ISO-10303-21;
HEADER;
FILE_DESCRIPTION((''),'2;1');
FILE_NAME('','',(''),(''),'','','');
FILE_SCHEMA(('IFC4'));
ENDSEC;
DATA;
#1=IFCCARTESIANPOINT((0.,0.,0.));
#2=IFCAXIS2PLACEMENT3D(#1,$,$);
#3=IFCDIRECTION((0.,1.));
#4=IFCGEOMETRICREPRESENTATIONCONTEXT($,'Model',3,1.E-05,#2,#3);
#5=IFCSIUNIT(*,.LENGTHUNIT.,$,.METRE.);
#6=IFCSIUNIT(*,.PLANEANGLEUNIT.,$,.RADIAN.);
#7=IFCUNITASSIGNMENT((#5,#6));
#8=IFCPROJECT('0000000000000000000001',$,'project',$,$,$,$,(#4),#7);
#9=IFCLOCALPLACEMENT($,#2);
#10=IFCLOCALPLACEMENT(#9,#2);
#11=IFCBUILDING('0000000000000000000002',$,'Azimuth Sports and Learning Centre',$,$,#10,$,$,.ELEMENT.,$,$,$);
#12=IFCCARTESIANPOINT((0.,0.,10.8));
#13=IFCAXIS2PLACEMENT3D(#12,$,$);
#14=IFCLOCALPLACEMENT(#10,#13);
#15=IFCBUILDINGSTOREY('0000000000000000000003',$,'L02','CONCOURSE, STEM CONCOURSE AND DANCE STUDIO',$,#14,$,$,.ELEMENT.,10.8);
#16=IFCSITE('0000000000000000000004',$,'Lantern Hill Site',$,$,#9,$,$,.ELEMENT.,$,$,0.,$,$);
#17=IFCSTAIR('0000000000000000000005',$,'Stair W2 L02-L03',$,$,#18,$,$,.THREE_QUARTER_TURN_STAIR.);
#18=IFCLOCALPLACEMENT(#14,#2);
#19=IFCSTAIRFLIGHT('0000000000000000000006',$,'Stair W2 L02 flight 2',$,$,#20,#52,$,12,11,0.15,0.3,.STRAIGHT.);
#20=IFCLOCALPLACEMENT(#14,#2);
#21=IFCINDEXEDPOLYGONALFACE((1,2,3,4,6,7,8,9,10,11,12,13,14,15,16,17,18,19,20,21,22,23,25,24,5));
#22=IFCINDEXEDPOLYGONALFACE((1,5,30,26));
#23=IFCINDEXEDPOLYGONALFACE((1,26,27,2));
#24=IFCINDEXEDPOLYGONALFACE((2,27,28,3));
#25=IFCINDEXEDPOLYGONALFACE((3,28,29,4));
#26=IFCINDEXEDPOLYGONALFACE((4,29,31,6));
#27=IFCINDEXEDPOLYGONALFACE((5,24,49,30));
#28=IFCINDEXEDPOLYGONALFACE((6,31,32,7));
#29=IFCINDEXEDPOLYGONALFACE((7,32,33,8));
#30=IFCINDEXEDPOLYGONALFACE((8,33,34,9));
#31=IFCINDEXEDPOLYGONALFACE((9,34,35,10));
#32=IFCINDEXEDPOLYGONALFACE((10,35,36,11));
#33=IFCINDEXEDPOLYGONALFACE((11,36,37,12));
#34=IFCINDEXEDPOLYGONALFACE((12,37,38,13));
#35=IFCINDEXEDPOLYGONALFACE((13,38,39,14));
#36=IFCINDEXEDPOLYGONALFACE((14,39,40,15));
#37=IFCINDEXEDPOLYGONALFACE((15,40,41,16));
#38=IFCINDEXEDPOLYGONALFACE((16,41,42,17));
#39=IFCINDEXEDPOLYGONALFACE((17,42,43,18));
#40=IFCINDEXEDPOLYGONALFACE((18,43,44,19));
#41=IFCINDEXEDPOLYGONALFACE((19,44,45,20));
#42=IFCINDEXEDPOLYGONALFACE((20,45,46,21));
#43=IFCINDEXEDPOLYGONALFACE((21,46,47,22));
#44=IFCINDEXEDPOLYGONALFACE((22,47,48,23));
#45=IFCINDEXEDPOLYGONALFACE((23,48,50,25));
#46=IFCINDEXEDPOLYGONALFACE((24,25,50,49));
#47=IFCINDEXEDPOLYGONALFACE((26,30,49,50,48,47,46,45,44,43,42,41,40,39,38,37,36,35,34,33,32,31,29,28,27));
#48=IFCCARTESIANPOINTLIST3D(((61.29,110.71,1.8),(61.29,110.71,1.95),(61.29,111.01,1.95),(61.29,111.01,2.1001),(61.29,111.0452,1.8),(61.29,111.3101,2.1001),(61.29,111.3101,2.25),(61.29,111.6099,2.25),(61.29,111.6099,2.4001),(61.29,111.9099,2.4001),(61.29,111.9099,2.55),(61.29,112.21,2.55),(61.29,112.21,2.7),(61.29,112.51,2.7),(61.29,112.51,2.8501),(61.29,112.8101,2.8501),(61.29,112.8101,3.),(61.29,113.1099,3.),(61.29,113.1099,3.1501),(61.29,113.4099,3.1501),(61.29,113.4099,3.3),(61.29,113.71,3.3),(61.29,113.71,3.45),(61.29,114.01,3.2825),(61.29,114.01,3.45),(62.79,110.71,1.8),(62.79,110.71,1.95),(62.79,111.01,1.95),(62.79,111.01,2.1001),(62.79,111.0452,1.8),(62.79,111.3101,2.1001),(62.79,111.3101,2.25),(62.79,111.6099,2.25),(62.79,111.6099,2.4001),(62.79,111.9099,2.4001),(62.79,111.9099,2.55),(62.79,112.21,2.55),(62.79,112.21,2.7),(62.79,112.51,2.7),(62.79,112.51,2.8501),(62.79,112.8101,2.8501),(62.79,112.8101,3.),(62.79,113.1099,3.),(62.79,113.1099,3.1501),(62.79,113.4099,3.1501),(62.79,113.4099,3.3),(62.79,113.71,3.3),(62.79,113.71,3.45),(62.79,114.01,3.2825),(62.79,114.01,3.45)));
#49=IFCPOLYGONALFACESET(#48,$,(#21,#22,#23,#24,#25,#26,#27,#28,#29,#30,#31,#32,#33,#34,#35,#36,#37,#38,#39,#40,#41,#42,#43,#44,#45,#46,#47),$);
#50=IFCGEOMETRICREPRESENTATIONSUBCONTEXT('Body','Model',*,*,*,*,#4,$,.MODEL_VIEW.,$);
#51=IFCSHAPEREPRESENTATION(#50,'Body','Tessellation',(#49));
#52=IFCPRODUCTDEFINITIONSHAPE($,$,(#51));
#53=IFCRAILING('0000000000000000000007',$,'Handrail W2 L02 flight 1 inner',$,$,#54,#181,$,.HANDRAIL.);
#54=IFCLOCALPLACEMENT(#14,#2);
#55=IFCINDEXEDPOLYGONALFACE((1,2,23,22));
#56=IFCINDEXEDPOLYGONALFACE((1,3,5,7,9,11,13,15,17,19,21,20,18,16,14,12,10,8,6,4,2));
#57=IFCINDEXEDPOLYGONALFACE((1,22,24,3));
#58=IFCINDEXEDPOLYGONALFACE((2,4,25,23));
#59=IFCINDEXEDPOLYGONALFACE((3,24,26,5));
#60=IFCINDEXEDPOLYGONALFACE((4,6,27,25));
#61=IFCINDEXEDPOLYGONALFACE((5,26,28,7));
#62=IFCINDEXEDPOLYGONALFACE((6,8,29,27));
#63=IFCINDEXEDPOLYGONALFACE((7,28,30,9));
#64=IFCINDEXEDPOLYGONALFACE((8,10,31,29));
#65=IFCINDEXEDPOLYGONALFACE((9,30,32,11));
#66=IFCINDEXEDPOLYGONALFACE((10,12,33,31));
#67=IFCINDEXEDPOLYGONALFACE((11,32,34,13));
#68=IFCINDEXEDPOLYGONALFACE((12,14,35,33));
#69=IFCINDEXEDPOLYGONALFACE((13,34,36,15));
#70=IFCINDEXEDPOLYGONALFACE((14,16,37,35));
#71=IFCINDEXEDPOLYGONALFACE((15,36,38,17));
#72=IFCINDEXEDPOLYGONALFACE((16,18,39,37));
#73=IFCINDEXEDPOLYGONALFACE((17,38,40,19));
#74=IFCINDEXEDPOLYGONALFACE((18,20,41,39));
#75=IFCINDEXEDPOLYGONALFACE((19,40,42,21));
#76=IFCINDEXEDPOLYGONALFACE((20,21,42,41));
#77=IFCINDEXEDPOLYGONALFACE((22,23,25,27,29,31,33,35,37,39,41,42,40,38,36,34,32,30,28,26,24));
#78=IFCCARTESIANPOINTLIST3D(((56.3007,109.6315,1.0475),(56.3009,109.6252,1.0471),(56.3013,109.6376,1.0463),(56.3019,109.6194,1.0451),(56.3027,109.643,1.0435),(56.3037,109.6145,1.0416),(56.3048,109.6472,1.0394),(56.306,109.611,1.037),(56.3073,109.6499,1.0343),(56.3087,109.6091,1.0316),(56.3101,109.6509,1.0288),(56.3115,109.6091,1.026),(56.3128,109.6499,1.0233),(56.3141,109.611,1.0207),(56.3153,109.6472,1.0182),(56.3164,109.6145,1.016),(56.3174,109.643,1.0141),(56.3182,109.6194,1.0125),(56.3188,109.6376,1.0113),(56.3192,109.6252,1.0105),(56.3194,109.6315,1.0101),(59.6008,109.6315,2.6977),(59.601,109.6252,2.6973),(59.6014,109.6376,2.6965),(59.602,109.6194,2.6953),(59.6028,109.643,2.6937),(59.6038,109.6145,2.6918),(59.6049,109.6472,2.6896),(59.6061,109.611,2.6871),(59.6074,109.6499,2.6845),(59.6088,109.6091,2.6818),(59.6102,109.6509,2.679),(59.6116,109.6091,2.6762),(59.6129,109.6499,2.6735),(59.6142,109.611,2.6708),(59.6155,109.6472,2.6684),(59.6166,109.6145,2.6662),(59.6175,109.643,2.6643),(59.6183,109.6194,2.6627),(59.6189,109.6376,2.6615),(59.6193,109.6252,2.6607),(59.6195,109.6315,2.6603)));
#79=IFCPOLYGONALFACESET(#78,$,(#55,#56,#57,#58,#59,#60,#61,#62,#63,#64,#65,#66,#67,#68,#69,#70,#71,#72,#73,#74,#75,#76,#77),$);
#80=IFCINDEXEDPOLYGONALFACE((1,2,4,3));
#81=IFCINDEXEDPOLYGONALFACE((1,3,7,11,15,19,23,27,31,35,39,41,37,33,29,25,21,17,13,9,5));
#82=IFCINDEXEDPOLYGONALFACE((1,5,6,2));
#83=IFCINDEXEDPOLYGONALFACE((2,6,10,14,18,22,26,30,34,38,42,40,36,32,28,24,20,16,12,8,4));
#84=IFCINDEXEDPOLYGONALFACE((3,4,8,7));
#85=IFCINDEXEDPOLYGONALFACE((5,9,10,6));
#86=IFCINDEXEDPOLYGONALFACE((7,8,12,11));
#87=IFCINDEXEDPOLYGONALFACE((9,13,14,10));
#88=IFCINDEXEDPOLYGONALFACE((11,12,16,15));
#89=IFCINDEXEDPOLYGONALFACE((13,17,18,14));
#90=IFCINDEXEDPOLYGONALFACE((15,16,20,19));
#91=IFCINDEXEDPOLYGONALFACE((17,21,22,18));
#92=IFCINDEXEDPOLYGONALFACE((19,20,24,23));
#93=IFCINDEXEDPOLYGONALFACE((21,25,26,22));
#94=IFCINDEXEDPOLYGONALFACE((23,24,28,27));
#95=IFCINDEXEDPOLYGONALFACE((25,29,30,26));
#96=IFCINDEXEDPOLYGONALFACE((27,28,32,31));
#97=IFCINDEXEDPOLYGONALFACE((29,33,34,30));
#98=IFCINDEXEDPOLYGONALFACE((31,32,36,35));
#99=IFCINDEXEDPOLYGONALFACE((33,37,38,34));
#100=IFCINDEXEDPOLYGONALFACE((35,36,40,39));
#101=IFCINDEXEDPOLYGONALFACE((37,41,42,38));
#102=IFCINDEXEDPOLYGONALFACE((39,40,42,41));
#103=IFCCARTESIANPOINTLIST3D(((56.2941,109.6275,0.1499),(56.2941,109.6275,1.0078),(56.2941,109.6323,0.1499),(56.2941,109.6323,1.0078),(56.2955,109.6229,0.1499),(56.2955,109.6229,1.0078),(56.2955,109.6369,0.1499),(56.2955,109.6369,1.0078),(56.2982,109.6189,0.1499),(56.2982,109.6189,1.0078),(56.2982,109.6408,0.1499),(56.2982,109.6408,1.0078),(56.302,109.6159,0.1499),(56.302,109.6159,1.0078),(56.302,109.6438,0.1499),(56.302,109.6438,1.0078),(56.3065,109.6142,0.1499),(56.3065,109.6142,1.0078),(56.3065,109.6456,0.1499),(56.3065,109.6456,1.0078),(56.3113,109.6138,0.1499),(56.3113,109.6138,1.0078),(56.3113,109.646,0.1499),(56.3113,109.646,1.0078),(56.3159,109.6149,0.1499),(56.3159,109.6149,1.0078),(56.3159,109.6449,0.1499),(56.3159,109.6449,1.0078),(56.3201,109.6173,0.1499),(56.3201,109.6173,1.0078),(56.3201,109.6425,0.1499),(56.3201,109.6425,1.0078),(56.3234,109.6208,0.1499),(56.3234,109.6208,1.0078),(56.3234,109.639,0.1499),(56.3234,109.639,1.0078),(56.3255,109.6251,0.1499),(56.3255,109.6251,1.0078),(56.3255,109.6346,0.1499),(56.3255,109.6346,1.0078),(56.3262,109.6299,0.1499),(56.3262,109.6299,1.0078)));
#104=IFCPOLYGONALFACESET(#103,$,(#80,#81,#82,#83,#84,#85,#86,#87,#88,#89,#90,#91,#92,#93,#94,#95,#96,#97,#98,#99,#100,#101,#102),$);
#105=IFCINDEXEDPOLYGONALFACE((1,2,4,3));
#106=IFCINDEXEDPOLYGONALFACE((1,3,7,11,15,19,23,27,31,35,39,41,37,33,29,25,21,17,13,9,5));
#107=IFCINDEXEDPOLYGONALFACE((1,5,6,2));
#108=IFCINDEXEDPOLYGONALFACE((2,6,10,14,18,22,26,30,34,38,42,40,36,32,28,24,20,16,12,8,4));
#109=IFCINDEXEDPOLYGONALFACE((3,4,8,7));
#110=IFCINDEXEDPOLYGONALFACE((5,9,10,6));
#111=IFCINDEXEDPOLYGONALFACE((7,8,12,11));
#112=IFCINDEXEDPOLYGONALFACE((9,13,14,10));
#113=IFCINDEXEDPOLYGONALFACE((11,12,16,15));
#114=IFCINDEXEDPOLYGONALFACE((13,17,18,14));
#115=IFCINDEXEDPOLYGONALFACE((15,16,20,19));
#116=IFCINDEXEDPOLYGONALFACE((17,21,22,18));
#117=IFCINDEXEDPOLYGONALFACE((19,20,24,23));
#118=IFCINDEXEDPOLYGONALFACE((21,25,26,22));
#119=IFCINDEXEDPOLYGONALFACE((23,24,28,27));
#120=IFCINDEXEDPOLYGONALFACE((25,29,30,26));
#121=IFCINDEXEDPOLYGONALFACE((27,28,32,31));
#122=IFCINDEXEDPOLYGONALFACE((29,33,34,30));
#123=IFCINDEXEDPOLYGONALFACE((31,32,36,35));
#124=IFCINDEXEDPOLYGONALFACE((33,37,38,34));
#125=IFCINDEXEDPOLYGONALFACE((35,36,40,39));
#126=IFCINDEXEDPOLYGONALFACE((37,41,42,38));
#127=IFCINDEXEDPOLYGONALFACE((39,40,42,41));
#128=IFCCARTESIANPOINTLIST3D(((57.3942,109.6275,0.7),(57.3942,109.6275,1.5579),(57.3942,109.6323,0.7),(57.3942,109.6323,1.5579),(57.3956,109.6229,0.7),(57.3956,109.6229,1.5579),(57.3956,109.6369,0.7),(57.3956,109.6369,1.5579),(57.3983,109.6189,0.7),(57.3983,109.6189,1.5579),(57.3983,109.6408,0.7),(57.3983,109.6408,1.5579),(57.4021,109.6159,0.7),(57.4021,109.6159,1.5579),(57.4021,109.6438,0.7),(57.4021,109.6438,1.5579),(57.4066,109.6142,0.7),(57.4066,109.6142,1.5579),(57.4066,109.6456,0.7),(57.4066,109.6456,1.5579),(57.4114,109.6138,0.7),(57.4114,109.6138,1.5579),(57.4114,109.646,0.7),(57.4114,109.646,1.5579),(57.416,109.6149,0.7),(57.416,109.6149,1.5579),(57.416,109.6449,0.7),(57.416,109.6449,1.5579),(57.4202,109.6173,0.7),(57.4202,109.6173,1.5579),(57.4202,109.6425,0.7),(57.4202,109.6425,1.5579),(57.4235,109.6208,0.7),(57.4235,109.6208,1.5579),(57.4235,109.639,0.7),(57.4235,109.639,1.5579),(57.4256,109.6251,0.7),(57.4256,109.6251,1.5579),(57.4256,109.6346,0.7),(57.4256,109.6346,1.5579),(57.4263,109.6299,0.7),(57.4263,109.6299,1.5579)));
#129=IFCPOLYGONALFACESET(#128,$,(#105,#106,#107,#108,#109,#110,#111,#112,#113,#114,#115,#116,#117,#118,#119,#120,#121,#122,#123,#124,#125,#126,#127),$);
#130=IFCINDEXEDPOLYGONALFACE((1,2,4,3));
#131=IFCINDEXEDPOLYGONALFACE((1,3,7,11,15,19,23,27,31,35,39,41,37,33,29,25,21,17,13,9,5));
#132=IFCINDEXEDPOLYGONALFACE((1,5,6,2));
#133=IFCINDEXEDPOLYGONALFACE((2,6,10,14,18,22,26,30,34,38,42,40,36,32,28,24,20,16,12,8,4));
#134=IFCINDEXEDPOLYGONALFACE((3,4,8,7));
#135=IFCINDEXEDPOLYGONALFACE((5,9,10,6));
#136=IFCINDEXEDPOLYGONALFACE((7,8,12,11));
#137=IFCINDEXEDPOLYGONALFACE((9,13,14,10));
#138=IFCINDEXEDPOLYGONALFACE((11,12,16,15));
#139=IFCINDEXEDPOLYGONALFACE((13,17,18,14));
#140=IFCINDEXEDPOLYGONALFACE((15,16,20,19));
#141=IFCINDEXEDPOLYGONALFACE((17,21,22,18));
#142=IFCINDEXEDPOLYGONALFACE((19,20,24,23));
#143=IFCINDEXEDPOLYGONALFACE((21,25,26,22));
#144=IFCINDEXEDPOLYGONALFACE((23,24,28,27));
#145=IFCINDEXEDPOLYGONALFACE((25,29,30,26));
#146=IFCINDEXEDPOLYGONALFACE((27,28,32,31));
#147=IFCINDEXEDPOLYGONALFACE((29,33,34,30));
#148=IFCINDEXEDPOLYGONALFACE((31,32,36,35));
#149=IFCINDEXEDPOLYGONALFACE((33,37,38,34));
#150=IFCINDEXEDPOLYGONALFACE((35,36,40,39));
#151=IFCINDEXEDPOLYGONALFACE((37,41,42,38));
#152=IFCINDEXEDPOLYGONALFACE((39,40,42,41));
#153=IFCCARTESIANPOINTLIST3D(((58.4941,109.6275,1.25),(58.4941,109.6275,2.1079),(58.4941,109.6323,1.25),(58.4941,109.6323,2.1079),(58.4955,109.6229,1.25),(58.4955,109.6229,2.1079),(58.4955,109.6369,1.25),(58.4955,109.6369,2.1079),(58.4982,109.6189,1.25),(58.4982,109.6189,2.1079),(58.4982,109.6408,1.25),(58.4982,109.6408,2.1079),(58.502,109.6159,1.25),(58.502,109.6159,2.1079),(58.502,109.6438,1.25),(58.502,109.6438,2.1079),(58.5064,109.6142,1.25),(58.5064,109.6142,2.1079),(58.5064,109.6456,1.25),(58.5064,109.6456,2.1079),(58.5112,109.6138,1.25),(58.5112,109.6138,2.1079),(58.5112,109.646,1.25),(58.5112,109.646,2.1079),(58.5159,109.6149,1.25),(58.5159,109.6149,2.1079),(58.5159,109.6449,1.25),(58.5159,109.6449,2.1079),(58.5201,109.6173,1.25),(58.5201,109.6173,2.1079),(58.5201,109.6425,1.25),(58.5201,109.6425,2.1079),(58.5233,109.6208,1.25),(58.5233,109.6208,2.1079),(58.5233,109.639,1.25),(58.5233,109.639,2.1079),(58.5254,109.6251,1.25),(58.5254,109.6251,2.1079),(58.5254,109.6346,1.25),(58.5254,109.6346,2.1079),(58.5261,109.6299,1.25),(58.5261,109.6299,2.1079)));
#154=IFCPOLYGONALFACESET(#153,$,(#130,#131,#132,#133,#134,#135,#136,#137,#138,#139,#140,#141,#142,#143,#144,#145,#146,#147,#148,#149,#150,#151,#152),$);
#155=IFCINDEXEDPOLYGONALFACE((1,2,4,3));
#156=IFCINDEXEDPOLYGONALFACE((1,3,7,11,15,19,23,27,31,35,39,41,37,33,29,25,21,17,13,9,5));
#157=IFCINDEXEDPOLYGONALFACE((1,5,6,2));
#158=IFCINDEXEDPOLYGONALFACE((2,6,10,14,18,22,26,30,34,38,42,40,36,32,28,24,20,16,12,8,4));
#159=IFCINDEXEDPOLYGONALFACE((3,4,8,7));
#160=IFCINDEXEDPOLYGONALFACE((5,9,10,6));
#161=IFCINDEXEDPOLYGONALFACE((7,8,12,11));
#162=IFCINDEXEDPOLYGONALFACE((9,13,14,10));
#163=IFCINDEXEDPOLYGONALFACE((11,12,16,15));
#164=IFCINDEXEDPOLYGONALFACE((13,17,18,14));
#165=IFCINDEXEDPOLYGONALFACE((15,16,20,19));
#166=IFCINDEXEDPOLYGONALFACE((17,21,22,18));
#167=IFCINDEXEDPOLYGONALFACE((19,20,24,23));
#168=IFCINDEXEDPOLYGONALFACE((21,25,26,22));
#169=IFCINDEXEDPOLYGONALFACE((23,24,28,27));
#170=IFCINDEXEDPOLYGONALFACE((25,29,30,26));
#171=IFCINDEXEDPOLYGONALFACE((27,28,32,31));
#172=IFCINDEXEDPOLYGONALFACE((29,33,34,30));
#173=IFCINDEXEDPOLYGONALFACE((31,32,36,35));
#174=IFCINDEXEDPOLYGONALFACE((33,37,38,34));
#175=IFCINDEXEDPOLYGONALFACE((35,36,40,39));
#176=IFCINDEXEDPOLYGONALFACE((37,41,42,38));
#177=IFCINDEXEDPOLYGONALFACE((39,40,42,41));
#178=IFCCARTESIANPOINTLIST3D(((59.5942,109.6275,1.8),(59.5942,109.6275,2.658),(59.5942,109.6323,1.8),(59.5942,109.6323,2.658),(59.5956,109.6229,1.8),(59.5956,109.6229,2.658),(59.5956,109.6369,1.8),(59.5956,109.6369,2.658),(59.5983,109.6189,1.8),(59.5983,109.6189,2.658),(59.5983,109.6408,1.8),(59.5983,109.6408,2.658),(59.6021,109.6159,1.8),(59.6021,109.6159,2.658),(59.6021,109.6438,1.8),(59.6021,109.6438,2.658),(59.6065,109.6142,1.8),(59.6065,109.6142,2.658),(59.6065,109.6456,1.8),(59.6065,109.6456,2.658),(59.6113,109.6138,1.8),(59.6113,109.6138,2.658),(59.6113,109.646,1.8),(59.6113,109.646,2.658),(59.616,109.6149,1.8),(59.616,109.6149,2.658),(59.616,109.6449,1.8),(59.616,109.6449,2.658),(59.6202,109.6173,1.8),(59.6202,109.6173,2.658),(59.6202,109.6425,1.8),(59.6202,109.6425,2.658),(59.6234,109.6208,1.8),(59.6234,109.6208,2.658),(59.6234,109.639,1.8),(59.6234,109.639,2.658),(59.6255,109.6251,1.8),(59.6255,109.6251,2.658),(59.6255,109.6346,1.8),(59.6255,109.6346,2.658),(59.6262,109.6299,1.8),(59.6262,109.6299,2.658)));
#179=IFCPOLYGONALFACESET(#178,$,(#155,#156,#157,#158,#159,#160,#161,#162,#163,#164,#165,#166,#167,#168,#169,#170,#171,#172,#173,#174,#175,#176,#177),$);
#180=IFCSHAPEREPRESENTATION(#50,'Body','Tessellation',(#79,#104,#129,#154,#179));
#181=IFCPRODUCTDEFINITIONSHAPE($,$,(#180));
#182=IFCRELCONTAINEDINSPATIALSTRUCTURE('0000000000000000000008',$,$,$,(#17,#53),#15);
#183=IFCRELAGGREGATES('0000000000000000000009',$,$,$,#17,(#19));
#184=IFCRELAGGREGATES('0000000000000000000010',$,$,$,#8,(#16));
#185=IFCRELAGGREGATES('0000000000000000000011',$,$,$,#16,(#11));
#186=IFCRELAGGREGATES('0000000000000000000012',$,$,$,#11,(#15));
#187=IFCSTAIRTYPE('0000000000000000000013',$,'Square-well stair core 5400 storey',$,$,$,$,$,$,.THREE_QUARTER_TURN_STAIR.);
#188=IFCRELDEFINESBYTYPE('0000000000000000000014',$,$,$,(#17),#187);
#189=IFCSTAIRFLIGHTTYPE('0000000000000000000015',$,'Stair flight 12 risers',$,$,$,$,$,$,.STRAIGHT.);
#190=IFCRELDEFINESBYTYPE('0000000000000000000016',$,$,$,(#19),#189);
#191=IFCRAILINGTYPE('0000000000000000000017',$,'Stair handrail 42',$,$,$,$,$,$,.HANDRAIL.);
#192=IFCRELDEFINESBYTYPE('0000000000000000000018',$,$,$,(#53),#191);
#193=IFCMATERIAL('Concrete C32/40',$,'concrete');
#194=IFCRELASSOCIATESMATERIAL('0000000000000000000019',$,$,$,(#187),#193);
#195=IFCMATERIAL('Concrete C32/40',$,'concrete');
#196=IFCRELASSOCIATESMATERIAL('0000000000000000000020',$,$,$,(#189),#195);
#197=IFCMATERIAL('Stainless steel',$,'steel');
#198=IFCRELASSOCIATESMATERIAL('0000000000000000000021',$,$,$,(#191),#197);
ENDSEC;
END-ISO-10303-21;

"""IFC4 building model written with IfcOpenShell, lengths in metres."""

from ifc_helpers import new_model, si_unit, direction, frame, origin, origin_2d, place, context, subcontext, project, spatial, polyline, circle, outline, extrude, material, type_object, element, aggregate, save


model = new_model("IFC4")

# Units and contexts
model_context = context("Model", 3, precision=1e-05, world=origin(), true_north=direction((0.0, 1.0)))
body_context = subcontext(model_context, "Body", "Model", "MODEL_VIEW")
ifc_project = project(units=[si_unit("LENGTHUNIT", "METRE"), si_unit("PLANEANGLEUNIT", "RADIAN")], contexts=[model_context])

# Site, building, storey
site_placement = place(None, origin())
site = spatial("IfcSite", under=ifc_project, at=site_placement, Name="Lantern Hill Site", CompositionType="ELEMENT", RefElevation=0.0)
building_placement = place(site_placement, origin())
building = spatial("IfcBuilding", under=site, at=building_placement, Name="Azimuth Sports and Learning Centre", CompositionType="ELEMENT")
storey_placement = place(building_placement, frame((0.0, 0.0, 10.8)))
storey = spatial("IfcBuildingStorey", under=building, at=storey_placement, Name="L02", Description="CONCOURSE, STEM CONCOURSE AND DANCE STUDIO", CompositionType="ELEMENT", Elevation=10.8)

# Stair, stair flight
ifc_material_1 = material(Name="Concrete C32/40", Category="concrete")
stair_type = type_object("IfcStairType", Name="Square-well stair core 5400 storey", PredefinedType="THREE_QUARTER_TURN_STAIR", material=ifc_material_1)
stair_placement = place(storey_placement, origin())
stair = element("IfcStair", 1, at=stair_placement, inside=storey, type_object=stair_type, Name="Stair W2 L02-L03", PredefinedType="THREE_QUARTER_TURN_STAIR")
ifc_material_2 = material(Name="Concrete C32/40", Category="concrete")
stair_flight_type = type_object("IfcStairFlightType", Name="Stair flight 12 risers", PredefinedType="STRAIGHT", material=ifc_material_2)
stair_flight_1_placement = place(storey_placement, frame((62.04, 110.71, 1.8), z_axis=(0.0, 0.0, 1.0), x_axis=(0.0, 1.0, 0.0)))
stair_flight_1 = element("IfcStairFlight", 2, at=stair_flight_1_placement, type_object=stair_flight_type, Name="Stair W2 L02 flight 2", NumberOfRisers=12, NumberOfTreads=11, PredefinedType="STRAIGHT", RiserHeight=0.15, TreadLength=0.3, context=body_context, shape_type="SweptSolid", body=[
    extrude(outline(polyline([(0.0, 0.0), (0.0, 0.1499), (0.3, 0.1499), (0.3, 0.3), (0.6001, 0.3), (0.6001, 0.45), (0.8999, 0.45), (0.8999, 0.6001), (1.2, 0.6001), (1.2, 0.75), (1.5, 0.75), (1.5, 0.8999), (1.8, 0.8999), (1.8, 1.05), (2.1001, 1.05), (2.1001, 1.2), (2.3999, 1.2), (2.3999, 1.3501), (2.7, 1.3501), (2.7, 1.5), (3.0, 1.5), (3.0, 1.6499), (3.3, 1.6499), (3.3, 1.8), (3.3, 1.4824), (0.3352, 0.0), (0.0, 0.0)])), frame((0.0, 0.75, 0.0), z_axis=(0.0, -1.0, 0.0), x_axis=(1.0, 0.0, 0.0)), (0.0, 0.0, 1.0), 1.5),
])
aggregate(stair, [stair_flight_1])

# Railing
ifc_material_3 = material(Name="Stainless steel", Category="steel")
railing_type_1 = type_object("IfcRailingType", Name="Stair handrail 42", PredefinedType="HANDRAIL", material=ifc_material_3)
for number, where, name in (
    (3, (56.3101, 109.6299, 0.1499), "Handrail W2 L02 flight 1 inner"),
):
    element("IfcRailing", number, at=place(storey_placement, frame(where)), inside=storey, type_object=railing_type_1, Name=name, PredefinedType="HANDRAIL", context=body_context, shape_type="SweptSolid", body=[
        extrude(circle(Radius=0.021, at=origin_2d()), frame((0.0, 0.0, 0.8789), z_axis=(0.894414, 0.0, 0.44724), x_axis=(0.0, 1.0, 0.0)), (0.0, 0.0, 1.0), 3.6897),
        extrude(circle(Radius=0.0161, at=origin_2d()), origin(), (0.0, 0.0, 1.0), 0.8579),
        extrude(circle(Radius=0.0161, at=origin_2d()), frame((1.1001, 0.0, 0.55)), (0.0, 0.0, 1.0), 0.8579),
        extrude(circle(Radius=0.0161, at=origin_2d()), frame((2.2, 0.0, 1.1001)), (0.0, 0.0, 1.0), 0.8579),
        extrude(circle(Radius=0.0161, at=origin_2d()), frame((3.3, 0.0, 1.6501)), (0.0, 0.0, 1.0), 0.8579),
    ])

save(model, "model.ifc")
